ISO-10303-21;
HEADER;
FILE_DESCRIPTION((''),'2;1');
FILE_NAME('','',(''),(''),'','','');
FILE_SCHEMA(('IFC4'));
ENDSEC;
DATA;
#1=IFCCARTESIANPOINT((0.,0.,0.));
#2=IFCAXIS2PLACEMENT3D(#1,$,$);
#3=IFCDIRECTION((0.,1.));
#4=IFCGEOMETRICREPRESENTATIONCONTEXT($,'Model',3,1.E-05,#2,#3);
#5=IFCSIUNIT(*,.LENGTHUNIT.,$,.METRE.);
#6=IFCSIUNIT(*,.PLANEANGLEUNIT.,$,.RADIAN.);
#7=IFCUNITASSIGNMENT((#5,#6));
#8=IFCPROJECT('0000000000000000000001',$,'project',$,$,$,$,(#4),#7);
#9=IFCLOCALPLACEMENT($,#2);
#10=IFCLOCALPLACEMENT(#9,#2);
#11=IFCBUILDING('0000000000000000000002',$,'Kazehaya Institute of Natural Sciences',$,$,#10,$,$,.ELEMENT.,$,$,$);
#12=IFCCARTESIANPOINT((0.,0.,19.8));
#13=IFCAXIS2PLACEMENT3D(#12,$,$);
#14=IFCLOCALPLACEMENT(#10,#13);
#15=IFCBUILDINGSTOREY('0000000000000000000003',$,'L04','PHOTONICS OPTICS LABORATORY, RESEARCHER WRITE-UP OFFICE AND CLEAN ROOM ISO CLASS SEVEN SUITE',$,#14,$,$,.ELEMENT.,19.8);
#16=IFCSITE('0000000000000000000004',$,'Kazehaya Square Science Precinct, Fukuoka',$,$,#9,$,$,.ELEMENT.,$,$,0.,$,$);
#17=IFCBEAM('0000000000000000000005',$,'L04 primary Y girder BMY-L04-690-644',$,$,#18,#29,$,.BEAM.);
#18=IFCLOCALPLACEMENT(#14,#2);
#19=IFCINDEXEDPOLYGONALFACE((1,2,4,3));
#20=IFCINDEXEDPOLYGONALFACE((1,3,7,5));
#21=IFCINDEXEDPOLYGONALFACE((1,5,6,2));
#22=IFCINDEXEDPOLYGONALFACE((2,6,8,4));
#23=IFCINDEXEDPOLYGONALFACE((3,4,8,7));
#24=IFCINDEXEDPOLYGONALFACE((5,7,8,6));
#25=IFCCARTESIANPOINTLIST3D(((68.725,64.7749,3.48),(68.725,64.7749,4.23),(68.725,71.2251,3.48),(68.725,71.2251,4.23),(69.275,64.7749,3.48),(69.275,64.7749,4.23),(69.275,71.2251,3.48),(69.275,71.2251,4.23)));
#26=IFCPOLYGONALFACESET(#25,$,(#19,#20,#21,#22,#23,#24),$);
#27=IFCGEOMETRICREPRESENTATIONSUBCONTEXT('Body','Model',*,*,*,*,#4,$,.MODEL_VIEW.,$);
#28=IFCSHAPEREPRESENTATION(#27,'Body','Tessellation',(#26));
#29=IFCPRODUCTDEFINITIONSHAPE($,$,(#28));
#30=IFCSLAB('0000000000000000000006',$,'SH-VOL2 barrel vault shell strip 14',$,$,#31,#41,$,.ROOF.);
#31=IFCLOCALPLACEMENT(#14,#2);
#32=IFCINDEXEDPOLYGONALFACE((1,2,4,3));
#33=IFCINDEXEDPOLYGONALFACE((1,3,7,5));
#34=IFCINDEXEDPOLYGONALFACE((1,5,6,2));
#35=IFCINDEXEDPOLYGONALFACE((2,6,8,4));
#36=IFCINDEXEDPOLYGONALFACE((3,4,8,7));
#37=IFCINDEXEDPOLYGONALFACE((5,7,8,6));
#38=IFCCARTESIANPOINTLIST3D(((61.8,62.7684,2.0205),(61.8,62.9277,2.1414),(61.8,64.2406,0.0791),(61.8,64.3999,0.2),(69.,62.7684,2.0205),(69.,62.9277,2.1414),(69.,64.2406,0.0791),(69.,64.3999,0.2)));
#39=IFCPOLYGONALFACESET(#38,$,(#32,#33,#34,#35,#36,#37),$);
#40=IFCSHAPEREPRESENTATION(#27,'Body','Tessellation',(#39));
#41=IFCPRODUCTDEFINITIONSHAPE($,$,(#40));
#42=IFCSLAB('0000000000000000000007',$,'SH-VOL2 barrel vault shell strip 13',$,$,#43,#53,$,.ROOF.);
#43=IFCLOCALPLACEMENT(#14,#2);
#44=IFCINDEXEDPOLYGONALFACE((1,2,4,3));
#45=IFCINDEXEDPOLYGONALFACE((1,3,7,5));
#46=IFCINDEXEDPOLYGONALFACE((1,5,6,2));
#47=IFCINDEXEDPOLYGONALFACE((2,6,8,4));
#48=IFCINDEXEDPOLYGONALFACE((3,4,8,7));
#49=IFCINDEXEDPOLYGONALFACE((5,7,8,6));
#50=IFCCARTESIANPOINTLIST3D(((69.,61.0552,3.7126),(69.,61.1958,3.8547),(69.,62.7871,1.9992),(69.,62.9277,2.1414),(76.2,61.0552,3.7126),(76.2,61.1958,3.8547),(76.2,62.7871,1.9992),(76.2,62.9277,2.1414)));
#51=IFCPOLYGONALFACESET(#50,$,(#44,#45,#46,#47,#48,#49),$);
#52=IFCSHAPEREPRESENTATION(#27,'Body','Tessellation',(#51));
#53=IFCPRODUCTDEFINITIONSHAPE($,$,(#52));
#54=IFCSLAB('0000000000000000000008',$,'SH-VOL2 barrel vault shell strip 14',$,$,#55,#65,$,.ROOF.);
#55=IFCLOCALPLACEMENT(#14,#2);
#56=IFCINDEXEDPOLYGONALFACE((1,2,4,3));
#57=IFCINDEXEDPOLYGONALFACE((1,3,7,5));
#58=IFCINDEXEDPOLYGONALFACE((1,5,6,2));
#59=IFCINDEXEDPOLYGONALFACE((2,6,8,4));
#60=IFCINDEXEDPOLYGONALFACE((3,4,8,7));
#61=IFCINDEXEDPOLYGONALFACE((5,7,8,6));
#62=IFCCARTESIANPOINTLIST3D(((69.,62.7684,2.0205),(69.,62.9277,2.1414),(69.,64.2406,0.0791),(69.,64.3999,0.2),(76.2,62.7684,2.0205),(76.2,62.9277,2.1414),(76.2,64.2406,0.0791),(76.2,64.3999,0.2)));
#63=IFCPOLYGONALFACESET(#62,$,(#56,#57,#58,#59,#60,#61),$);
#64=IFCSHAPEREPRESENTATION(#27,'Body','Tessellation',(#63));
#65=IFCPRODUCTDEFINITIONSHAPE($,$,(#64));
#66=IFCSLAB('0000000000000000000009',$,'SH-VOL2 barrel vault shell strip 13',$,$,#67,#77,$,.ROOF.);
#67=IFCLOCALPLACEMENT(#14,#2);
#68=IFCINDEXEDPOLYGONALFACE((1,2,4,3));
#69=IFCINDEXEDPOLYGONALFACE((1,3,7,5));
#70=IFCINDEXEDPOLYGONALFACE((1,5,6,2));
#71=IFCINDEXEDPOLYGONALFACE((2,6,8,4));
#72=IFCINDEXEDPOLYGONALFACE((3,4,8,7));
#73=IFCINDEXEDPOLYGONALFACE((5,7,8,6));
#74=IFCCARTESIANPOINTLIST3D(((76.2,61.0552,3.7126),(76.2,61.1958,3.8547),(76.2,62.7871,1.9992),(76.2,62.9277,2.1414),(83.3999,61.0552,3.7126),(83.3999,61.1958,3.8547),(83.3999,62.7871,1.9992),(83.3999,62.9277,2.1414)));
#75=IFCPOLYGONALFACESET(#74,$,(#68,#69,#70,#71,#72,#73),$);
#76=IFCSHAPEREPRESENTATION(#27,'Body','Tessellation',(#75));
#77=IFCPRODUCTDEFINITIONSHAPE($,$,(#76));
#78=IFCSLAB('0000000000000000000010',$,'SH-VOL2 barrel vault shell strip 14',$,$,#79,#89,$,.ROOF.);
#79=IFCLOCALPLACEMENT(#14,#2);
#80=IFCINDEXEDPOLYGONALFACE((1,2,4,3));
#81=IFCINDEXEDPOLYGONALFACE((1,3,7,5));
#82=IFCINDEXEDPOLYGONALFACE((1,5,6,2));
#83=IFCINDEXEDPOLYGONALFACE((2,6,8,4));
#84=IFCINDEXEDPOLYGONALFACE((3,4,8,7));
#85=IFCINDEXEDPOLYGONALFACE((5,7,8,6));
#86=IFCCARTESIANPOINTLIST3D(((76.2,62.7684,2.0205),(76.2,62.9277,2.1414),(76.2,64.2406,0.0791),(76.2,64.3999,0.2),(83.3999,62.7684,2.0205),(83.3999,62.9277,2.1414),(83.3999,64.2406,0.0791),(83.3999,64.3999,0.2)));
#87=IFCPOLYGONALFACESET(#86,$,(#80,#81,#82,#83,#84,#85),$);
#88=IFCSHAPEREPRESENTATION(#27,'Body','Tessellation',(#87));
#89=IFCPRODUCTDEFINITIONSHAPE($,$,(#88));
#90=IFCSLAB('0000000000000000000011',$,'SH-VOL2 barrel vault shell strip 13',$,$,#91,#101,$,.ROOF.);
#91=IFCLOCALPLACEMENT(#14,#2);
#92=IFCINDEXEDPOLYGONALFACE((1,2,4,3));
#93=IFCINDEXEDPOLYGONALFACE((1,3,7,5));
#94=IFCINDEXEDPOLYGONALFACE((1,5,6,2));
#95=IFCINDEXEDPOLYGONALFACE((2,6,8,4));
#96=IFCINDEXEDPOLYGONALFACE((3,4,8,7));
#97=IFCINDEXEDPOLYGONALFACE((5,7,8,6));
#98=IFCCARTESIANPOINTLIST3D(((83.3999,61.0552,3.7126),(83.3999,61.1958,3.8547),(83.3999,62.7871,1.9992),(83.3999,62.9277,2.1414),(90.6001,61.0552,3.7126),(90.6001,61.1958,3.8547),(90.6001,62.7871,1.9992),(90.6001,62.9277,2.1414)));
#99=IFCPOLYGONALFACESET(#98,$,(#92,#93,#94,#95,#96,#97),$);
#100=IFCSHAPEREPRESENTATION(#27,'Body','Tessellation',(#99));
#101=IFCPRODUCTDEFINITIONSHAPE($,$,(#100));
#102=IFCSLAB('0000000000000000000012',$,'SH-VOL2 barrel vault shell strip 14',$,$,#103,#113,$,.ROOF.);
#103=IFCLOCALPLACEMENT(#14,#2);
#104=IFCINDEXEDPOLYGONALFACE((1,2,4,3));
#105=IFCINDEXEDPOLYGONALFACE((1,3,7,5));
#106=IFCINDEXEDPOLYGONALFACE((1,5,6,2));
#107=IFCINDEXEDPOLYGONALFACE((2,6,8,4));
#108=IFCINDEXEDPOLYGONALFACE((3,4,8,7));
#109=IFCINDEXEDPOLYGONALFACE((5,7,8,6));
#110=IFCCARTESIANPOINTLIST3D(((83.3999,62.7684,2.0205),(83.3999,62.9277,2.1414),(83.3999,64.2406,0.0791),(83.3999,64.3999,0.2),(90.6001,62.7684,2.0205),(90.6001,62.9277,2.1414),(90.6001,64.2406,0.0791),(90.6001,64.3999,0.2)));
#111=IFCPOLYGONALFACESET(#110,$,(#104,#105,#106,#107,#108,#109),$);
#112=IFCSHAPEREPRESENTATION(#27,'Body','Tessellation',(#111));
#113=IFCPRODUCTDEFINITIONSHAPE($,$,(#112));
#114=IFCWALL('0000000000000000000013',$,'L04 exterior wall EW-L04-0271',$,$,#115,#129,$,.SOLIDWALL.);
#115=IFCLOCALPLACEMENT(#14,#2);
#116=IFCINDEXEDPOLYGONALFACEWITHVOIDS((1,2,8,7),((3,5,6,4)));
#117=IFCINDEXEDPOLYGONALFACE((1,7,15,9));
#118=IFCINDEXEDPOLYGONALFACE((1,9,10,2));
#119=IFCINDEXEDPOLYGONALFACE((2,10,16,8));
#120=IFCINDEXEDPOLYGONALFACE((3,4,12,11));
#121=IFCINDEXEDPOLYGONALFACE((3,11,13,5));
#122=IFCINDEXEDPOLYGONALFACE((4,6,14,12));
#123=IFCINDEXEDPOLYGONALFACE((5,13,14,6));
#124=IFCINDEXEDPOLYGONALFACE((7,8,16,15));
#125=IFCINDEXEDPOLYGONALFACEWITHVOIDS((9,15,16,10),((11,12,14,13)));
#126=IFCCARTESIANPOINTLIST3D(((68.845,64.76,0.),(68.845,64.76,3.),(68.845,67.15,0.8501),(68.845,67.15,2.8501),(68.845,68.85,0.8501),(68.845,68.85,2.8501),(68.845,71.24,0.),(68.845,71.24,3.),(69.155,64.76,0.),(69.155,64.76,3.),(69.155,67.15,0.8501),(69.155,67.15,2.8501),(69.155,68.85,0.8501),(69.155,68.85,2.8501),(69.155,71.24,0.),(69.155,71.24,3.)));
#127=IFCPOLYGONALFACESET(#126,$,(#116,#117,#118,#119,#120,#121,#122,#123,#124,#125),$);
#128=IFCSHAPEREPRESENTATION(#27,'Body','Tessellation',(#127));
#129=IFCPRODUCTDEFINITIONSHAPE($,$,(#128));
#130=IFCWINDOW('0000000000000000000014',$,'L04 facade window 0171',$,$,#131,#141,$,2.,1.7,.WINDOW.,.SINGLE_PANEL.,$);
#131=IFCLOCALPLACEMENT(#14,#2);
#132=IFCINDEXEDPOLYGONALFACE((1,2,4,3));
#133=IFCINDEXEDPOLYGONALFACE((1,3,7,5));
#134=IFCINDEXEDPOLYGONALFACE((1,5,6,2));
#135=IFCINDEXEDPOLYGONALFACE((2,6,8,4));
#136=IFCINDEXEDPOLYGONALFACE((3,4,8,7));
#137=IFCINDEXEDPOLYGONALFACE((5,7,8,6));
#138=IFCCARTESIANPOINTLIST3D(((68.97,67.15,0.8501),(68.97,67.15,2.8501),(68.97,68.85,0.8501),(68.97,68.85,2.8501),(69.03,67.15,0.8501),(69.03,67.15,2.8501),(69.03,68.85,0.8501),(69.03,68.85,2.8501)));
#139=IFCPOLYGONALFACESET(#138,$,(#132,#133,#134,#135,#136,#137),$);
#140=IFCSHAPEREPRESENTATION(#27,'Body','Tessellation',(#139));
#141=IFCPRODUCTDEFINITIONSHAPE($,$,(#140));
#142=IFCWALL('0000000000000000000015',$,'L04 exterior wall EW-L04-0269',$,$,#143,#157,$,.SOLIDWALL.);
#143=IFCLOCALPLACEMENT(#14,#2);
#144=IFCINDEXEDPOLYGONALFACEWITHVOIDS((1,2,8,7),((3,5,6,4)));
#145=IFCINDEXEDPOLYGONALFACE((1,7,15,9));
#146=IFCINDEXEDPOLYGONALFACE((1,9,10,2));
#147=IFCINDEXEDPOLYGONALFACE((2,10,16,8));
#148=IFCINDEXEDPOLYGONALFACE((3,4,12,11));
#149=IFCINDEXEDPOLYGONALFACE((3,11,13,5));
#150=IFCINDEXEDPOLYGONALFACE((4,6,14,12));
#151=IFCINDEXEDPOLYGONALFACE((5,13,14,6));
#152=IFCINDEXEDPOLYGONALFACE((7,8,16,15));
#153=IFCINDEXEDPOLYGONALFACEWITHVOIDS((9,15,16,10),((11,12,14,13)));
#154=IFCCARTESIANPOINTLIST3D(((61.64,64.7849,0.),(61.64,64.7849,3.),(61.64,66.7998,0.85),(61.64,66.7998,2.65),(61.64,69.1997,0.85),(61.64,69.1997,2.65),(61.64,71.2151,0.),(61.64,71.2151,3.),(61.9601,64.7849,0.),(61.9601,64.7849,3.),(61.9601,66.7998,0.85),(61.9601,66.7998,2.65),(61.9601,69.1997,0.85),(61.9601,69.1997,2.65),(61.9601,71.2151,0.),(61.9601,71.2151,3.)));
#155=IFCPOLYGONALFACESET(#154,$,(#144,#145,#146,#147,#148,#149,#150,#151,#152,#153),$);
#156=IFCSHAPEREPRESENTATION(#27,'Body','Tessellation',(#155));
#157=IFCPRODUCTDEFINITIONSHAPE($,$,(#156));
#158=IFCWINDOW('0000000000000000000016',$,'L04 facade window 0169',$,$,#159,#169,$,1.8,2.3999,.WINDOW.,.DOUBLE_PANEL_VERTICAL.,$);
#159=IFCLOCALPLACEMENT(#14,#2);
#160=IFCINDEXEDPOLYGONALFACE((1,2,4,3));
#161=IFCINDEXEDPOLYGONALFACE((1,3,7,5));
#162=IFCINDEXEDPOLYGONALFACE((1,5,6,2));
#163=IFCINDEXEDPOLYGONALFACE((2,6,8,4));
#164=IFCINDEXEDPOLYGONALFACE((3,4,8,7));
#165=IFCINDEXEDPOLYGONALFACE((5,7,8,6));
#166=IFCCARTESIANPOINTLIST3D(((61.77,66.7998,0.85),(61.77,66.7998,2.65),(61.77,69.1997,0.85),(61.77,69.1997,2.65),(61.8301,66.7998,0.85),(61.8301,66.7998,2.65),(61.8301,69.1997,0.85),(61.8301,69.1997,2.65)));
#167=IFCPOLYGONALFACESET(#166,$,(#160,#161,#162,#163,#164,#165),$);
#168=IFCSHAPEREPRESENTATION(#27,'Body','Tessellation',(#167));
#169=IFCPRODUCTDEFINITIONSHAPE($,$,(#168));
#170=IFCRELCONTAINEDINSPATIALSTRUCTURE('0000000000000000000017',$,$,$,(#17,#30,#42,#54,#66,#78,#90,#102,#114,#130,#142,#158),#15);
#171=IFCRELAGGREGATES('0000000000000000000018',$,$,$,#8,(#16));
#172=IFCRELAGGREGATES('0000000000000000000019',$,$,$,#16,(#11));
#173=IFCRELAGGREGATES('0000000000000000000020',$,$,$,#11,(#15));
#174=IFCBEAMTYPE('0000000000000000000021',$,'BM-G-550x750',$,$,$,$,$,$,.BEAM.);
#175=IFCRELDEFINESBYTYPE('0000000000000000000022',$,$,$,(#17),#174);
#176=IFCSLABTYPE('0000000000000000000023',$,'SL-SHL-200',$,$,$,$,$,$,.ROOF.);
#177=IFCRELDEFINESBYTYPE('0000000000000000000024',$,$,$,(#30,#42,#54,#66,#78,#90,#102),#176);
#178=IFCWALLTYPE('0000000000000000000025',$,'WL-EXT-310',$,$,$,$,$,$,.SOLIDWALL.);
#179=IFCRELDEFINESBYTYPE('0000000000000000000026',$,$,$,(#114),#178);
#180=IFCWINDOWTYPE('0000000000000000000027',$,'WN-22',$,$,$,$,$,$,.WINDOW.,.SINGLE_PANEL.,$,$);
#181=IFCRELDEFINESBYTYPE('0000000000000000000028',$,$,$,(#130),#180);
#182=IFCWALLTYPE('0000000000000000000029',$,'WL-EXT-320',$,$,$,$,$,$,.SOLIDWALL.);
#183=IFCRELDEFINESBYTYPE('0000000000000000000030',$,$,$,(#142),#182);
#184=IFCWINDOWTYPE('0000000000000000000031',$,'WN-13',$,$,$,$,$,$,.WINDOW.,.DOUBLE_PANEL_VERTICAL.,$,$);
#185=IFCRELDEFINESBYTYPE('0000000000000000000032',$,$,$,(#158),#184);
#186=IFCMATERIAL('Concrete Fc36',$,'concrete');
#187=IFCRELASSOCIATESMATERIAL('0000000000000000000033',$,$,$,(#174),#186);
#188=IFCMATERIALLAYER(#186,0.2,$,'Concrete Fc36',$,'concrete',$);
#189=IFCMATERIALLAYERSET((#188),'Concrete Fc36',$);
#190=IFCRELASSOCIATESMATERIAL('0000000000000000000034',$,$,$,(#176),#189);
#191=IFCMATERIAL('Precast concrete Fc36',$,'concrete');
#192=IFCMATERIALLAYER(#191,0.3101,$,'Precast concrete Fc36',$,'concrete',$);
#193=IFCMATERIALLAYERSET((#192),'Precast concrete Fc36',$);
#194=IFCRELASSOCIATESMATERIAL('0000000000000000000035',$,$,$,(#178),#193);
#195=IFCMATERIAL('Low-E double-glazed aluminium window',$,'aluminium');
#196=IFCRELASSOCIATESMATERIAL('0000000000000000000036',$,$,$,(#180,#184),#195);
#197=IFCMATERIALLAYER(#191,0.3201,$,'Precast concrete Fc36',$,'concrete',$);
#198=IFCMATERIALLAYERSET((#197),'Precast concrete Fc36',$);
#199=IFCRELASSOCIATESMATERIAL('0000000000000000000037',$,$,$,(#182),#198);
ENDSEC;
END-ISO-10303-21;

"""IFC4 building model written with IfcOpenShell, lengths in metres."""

from ifc_helpers import new_model, si_unit, direction, frame, frame_2d, origin, origin_2d, place, context, subcontext, project, spatial, polyline, rectangle, outline, extrude, material, layer, layer_set, material_profile, profile_set, type_object, element, fill, save


model = new_model("IFC4")

# Units and contexts
model_context = context("Model", 3, precision=1e-05, world=origin(), true_north=direction((0.0, 1.0)))
body_context = subcontext(model_context, "Body", "Model", "MODEL_VIEW")
ifc_project = project(units=[si_unit("LENGTHUNIT", "METRE"), si_unit("PLANEANGLEUNIT", "RADIAN")], contexts=[model_context])

# Site, building, storey
site_placement = place(None, origin())
site = spatial("IfcSite", under=ifc_project, at=site_placement, Name="Kazehaya Square Science Precinct, Fukuoka", CompositionType="ELEMENT", RefElevation=0.0)
building_placement = place(site_placement, origin())
building = spatial("IfcBuilding", under=site, at=building_placement, Name="Kazehaya Institute of Natural Sciences", CompositionType="ELEMENT")
storey_placement = place(building_placement, frame((0.0, 0.0, 19.8)))
storey = spatial("IfcBuildingStorey", under=building, at=storey_placement, Name="L04", Description="PHOTONICS OPTICS LABORATORY, RESEARCHER WRITE-UP OFFICE AND CLEAN ROOM ISO CLASS SEVEN SUITE", CompositionType="ELEMENT", Elevation=19.8)

# Beam
ifc_material_1 = material(Name="Concrete Fc36", Category="concrete")
ifc_material_profile_1 = material_profile(ifc_material_1, rectangle(XDim=0.55, YDim=0.75, at=origin_2d()), Name="RC-550x750")
ifc_profile_set_1 = profile_set([ifc_material_profile_1], Name="Concrete Fc36")
beam_type_1 = type_object("IfcBeamType", Name="BM-G-550x750", PredefinedType="BEAM", material=ifc_profile_set_1)
beam_1_placement = place(storey_placement, frame((69.0, 64.7749, 3.855), z_axis=(0.0, 1.0, 0.0), x_axis=(-1.0, 0.0, 0.0)))
element("IfcBeam", 1, at=beam_1_placement, inside=storey, type_object=beam_type_1, Name="L04 primary Y girder BMY-L04-690-644", PredefinedType="BEAM", context=body_context, shape_type="SweptSolid", body=[
    extrude(rectangle(XDim=0.55, YDim=0.75, at=origin_2d()), origin(), (0.0, 0.0, 1.0), 6.4502),
])

# Slabs
ifc_layer_1 = layer(ifc_material_1, 0.2, Name="Concrete Fc36", Category="concrete")
ifc_layer_set_1 = layer_set([ifc_layer_1], Name="Concrete Fc36")
slab_type = type_object("IfcSlabType", Name="SL-SHL-200", PredefinedType="ROOF", material=ifc_layer_set_1)
slab_1_placement = place(storey_placement, frame((61.8, 62.9277, 2.1414), z_axis=(0.0, 0.796814, 0.604224), x_axis=(1.0, 0.0, 0.0)))
element("IfcSlab", 2, at=slab_1_placement, inside=storey, type_object=slab_type, Name="SH-VOL2 barrel vault shell strip 14", PredefinedType="ROOF", context=body_context, shape_type="SweptSolid", body=[
    extrude(outline(polyline([(0.0, 0.0), (7.2, 0.0), (7.2, 2.4365), (0.0, 2.4365), (0.0, 0.0)])), origin(), (0.0, 0.0, -1.0), 0.2),
])
slab_2_placement = place(storey_placement, frame((69.0, 61.1958, 3.8547), z_axis=(0.0, 0.703288, 0.710905), x_axis=(1.0, 0.0, 0.0)))
element("IfcSlab", 3, at=slab_2_placement, inside=storey, type_object=slab_type, Name="SH-VOL2 barrel vault shell strip 13", PredefinedType="ROOF", context=body_context, shape_type="SweptSolid", body=[
    extrude(outline(polyline([(0.0, 0.0), (7.2, 0.0), (7.2, 2.4362), (0.0, 2.4362), (0.0, 0.0)])), origin(), (0.0, 0.0, -1.0), 0.2),
])
slab_3_placement = place(storey_placement, frame((69.0, 62.9277, 2.1414), z_axis=(0.0, 0.796814, 0.604224), x_axis=(1.0, 0.0, 0.0)))
element("IfcSlab", 4, at=slab_3_placement, inside=storey, type_object=slab_type, Name="SH-VOL2 barrel vault shell strip 14", PredefinedType="ROOF", context=body_context, shape_type="SweptSolid", body=[
    extrude(outline(polyline([(0.0, 0.0), (7.2, 0.0), (7.2, 2.4365), (0.0, 2.4365), (0.0, 0.0)])), origin(), (0.0, 0.0, -1.0), 0.2),
])
slab_4_placement = place(storey_placement, frame((76.2, 61.1958, 3.8547), z_axis=(0.0, 0.703288, 0.710905), x_axis=(1.0, 0.0, 0.0)))
element("IfcSlab", 5, at=slab_4_placement, inside=storey, type_object=slab_type, Name="SH-VOL2 barrel vault shell strip 13", PredefinedType="ROOF", context=body_context, shape_type="SweptSolid", body=[
    extrude(outline(polyline([(0.0, 0.0), (7.2, 0.0), (7.2, 2.4362), (0.0, 2.4362), (0.0, 0.0)])), origin(), (0.0, 0.0, -1.0), 0.2),
])
slab_5_placement = place(storey_placement, frame((76.2, 62.9277, 2.1414), z_axis=(0.0, 0.796814, 0.604224), x_axis=(1.0, 0.0, 0.0)))
element("IfcSlab", 6, at=slab_5_placement, inside=storey, type_object=slab_type, Name="SH-VOL2 barrel vault shell strip 14", PredefinedType="ROOF", context=body_context, shape_type="SweptSolid", body=[
    extrude(outline(polyline([(0.0, 0.0), (7.2, 0.0), (7.2, 2.4365), (0.0, 2.4365), (0.0, 0.0)])), origin(), (0.0, 0.0, -1.0), 0.2),
])
slab_6_placement = place(storey_placement, frame((83.3999, 61.1958, 3.8547), z_axis=(0.0, 0.703288, 0.710905), x_axis=(1.0, 0.0, 0.0)))
element("IfcSlab", 7, at=slab_6_placement, inside=storey, type_object=slab_type, Name="SH-VOL2 barrel vault shell strip 13", PredefinedType="ROOF", context=body_context, shape_type="SweptSolid", body=[
    extrude(outline(polyline([(0.0, 0.0), (7.2002, 0.0), (7.2002, 2.4362), (0.0, 2.4362), (0.0, 0.0)])), origin(), (0.0, 0.0, -1.0), 0.2),
])
slab_7_placement = place(storey_placement, frame((83.3999, 62.9277, 2.1414), z_axis=(0.0, 0.796814, 0.604224), x_axis=(1.0, 0.0, 0.0)))
element("IfcSlab", 8, at=slab_7_placement, inside=storey, type_object=slab_type, Name="SH-VOL2 barrel vault shell strip 14", PredefinedType="ROOF", context=body_context, shape_type="SweptSolid", body=[
    extrude(outline(polyline([(0.0, 0.0), (7.2002, 0.0), (7.2002, 2.4365), (0.0, 2.4365), (0.0, 0.0)])), origin(), (0.0, 0.0, -1.0), 0.2),
])

# Walls, openings, windows
ifc_material_2 = material(Name="Precast concrete Fc36", Category="concrete")
ifc_layer_2 = layer(ifc_material_2, 0.3101, Name="Precast concrete Fc36", Category="concrete")
ifc_layer_set_2 = layer_set([ifc_layer_2], Name="Precast concrete Fc36")
wall_type_1 = type_object("IfcWallType", Name="WL-EXT-310", PredefinedType="SOLIDWALL", material=ifc_layer_set_2)
wall_1_placement = place(storey_placement, frame((69.0, 71.24, 0.0), z_axis=(0.0, 0.0, 1.0), x_axis=(0.0, -1.0, 0.0)))
wall_1 = element("IfcWall", 9, at=wall_1_placement, inside=storey, type_object=wall_type_1, Name="L04 exterior wall EW-L04-0271", PredefinedType="SOLIDWALL", context=body_context, shape_type="SweptSolid", body=[
    extrude(rectangle(XDim=6.48, YDim=0.3101, at=frame_2d((3.24, 0.0))), origin(), (0.0, 0.0, 1.0), 3.0),
])
opening_1_placement = place(wall_1_placement, frame((2.3899, 0.0, 0.8501)))
opening_1 = element("IfcOpeningElement", 10, at=opening_1_placement, cuts=wall_1, PredefinedType="OPENING", context=body_context, shape_type="SweptSolid", body=[
    extrude(rectangle(XDim=1.7, YDim=2.0, at=frame_2d((0.8501, 1.0))), frame((0.0, 0.165, 0.0), z_axis=(0.0, -1.0, 0.0), x_axis=(1.0, 0.0, 0.0)), (0.0, 0.0, 1.0), 0.3301),
])
ifc_material_3 = material(Name="Low-E double-glazed aluminium window", Category="aluminium")
window_type_1 = type_object("IfcWindowType", Name="WN-22", PartitioningType="SINGLE_PANEL", PredefinedType="WINDOW", material=ifc_material_3)
window_1_placement = place(opening_1_placement, origin())
window_1 = element("IfcWindow", 11, at=window_1_placement, inside=storey, type_object=window_type_1, Name="L04 facade window 0171", OverallHeight=2.0, OverallWidth=1.7, PartitioningType="SINGLE_PANEL", PredefinedType="WINDOW", context=body_context, shape_type="SweptSolid", body=[
    extrude(rectangle(XDim=1.7, YDim=2.0, at=frame_2d((0.8501, 1.0))), frame((0.0, 0.03, 0.0), z_axis=(0.0, -1.0, 0.0), x_axis=(1.0, 0.0, 0.0)), (0.0, 0.0, 1.0), 0.0601),
])
fill(opening_1, window_1)
ifc_layer_3 = layer(ifc_material_2, 0.3201, Name="Precast concrete Fc36", Category="concrete")
ifc_layer_set_3 = layer_set([ifc_layer_3], Name="Precast concrete Fc36")
wall_type_2 = type_object("IfcWallType", Name="WL-EXT-320", PredefinedType="SOLIDWALL", material=ifc_layer_set_3)
wall_2_placement = place(storey_placement, frame((61.8, 64.7849, 0.0), z_axis=(0.0, 0.0, 1.0), x_axis=(0.0, 1.0, 0.0)))
wall_2 = element("IfcWall", 12, at=wall_2_placement, inside=storey, type_object=wall_type_2, Name="L04 exterior wall EW-L04-0269", PredefinedType="SOLIDWALL", context=body_context, shape_type="SweptSolid", body=[
    extrude(rectangle(XDim=6.4302, YDim=0.3201, at=frame_2d((3.2151, 0.0))), origin(), (0.0, 0.0, 1.0), 3.0),
])
opening_2_placement = place(wall_2_placement, frame((2.0149, 0.0, 0.8501)))
opening_2 = element("IfcOpeningElement", 13, at=opening_2_placement, cuts=wall_2, PredefinedType="OPENING", context=body_context, shape_type="SweptSolid", body=[
    extrude(rectangle(XDim=2.3999, YDim=1.8, at=frame_2d((1.2, 0.8999))), frame((0.0, 0.1699, 0.0), z_axis=(0.0, -1.0, 0.0), x_axis=(1.0, 0.0, 0.0)), (0.0, 0.0, 1.0), 0.3401),
])
window_type_2 = type_object("IfcWindowType", Name="WN-13", PartitioningType="DOUBLE_PANEL_VERTICAL", PredefinedType="WINDOW", material=ifc_material_3)
window_2_placement = place(opening_2_placement, origin())
window_2 = element("IfcWindow", 14, at=window_2_placement, inside=storey, type_object=window_type_2, Name="L04 facade window 0169", OverallHeight=1.8, OverallWidth=2.3999, PartitioningType="DOUBLE_PANEL_VERTICAL", PredefinedType="WINDOW", context=body_context, shape_type="SweptSolid", body=[
    extrude(rectangle(XDim=2.3999, YDim=1.8, at=frame_2d((1.2, 0.8999))), frame((0.0, 0.03, 0.0), z_axis=(0.0, -1.0, 0.0), x_axis=(1.0, 0.0, 0.0)), (0.0, 0.0, 1.0), 0.0601),
])
fill(opening_2, window_2)

save(model, "model.ifc")
